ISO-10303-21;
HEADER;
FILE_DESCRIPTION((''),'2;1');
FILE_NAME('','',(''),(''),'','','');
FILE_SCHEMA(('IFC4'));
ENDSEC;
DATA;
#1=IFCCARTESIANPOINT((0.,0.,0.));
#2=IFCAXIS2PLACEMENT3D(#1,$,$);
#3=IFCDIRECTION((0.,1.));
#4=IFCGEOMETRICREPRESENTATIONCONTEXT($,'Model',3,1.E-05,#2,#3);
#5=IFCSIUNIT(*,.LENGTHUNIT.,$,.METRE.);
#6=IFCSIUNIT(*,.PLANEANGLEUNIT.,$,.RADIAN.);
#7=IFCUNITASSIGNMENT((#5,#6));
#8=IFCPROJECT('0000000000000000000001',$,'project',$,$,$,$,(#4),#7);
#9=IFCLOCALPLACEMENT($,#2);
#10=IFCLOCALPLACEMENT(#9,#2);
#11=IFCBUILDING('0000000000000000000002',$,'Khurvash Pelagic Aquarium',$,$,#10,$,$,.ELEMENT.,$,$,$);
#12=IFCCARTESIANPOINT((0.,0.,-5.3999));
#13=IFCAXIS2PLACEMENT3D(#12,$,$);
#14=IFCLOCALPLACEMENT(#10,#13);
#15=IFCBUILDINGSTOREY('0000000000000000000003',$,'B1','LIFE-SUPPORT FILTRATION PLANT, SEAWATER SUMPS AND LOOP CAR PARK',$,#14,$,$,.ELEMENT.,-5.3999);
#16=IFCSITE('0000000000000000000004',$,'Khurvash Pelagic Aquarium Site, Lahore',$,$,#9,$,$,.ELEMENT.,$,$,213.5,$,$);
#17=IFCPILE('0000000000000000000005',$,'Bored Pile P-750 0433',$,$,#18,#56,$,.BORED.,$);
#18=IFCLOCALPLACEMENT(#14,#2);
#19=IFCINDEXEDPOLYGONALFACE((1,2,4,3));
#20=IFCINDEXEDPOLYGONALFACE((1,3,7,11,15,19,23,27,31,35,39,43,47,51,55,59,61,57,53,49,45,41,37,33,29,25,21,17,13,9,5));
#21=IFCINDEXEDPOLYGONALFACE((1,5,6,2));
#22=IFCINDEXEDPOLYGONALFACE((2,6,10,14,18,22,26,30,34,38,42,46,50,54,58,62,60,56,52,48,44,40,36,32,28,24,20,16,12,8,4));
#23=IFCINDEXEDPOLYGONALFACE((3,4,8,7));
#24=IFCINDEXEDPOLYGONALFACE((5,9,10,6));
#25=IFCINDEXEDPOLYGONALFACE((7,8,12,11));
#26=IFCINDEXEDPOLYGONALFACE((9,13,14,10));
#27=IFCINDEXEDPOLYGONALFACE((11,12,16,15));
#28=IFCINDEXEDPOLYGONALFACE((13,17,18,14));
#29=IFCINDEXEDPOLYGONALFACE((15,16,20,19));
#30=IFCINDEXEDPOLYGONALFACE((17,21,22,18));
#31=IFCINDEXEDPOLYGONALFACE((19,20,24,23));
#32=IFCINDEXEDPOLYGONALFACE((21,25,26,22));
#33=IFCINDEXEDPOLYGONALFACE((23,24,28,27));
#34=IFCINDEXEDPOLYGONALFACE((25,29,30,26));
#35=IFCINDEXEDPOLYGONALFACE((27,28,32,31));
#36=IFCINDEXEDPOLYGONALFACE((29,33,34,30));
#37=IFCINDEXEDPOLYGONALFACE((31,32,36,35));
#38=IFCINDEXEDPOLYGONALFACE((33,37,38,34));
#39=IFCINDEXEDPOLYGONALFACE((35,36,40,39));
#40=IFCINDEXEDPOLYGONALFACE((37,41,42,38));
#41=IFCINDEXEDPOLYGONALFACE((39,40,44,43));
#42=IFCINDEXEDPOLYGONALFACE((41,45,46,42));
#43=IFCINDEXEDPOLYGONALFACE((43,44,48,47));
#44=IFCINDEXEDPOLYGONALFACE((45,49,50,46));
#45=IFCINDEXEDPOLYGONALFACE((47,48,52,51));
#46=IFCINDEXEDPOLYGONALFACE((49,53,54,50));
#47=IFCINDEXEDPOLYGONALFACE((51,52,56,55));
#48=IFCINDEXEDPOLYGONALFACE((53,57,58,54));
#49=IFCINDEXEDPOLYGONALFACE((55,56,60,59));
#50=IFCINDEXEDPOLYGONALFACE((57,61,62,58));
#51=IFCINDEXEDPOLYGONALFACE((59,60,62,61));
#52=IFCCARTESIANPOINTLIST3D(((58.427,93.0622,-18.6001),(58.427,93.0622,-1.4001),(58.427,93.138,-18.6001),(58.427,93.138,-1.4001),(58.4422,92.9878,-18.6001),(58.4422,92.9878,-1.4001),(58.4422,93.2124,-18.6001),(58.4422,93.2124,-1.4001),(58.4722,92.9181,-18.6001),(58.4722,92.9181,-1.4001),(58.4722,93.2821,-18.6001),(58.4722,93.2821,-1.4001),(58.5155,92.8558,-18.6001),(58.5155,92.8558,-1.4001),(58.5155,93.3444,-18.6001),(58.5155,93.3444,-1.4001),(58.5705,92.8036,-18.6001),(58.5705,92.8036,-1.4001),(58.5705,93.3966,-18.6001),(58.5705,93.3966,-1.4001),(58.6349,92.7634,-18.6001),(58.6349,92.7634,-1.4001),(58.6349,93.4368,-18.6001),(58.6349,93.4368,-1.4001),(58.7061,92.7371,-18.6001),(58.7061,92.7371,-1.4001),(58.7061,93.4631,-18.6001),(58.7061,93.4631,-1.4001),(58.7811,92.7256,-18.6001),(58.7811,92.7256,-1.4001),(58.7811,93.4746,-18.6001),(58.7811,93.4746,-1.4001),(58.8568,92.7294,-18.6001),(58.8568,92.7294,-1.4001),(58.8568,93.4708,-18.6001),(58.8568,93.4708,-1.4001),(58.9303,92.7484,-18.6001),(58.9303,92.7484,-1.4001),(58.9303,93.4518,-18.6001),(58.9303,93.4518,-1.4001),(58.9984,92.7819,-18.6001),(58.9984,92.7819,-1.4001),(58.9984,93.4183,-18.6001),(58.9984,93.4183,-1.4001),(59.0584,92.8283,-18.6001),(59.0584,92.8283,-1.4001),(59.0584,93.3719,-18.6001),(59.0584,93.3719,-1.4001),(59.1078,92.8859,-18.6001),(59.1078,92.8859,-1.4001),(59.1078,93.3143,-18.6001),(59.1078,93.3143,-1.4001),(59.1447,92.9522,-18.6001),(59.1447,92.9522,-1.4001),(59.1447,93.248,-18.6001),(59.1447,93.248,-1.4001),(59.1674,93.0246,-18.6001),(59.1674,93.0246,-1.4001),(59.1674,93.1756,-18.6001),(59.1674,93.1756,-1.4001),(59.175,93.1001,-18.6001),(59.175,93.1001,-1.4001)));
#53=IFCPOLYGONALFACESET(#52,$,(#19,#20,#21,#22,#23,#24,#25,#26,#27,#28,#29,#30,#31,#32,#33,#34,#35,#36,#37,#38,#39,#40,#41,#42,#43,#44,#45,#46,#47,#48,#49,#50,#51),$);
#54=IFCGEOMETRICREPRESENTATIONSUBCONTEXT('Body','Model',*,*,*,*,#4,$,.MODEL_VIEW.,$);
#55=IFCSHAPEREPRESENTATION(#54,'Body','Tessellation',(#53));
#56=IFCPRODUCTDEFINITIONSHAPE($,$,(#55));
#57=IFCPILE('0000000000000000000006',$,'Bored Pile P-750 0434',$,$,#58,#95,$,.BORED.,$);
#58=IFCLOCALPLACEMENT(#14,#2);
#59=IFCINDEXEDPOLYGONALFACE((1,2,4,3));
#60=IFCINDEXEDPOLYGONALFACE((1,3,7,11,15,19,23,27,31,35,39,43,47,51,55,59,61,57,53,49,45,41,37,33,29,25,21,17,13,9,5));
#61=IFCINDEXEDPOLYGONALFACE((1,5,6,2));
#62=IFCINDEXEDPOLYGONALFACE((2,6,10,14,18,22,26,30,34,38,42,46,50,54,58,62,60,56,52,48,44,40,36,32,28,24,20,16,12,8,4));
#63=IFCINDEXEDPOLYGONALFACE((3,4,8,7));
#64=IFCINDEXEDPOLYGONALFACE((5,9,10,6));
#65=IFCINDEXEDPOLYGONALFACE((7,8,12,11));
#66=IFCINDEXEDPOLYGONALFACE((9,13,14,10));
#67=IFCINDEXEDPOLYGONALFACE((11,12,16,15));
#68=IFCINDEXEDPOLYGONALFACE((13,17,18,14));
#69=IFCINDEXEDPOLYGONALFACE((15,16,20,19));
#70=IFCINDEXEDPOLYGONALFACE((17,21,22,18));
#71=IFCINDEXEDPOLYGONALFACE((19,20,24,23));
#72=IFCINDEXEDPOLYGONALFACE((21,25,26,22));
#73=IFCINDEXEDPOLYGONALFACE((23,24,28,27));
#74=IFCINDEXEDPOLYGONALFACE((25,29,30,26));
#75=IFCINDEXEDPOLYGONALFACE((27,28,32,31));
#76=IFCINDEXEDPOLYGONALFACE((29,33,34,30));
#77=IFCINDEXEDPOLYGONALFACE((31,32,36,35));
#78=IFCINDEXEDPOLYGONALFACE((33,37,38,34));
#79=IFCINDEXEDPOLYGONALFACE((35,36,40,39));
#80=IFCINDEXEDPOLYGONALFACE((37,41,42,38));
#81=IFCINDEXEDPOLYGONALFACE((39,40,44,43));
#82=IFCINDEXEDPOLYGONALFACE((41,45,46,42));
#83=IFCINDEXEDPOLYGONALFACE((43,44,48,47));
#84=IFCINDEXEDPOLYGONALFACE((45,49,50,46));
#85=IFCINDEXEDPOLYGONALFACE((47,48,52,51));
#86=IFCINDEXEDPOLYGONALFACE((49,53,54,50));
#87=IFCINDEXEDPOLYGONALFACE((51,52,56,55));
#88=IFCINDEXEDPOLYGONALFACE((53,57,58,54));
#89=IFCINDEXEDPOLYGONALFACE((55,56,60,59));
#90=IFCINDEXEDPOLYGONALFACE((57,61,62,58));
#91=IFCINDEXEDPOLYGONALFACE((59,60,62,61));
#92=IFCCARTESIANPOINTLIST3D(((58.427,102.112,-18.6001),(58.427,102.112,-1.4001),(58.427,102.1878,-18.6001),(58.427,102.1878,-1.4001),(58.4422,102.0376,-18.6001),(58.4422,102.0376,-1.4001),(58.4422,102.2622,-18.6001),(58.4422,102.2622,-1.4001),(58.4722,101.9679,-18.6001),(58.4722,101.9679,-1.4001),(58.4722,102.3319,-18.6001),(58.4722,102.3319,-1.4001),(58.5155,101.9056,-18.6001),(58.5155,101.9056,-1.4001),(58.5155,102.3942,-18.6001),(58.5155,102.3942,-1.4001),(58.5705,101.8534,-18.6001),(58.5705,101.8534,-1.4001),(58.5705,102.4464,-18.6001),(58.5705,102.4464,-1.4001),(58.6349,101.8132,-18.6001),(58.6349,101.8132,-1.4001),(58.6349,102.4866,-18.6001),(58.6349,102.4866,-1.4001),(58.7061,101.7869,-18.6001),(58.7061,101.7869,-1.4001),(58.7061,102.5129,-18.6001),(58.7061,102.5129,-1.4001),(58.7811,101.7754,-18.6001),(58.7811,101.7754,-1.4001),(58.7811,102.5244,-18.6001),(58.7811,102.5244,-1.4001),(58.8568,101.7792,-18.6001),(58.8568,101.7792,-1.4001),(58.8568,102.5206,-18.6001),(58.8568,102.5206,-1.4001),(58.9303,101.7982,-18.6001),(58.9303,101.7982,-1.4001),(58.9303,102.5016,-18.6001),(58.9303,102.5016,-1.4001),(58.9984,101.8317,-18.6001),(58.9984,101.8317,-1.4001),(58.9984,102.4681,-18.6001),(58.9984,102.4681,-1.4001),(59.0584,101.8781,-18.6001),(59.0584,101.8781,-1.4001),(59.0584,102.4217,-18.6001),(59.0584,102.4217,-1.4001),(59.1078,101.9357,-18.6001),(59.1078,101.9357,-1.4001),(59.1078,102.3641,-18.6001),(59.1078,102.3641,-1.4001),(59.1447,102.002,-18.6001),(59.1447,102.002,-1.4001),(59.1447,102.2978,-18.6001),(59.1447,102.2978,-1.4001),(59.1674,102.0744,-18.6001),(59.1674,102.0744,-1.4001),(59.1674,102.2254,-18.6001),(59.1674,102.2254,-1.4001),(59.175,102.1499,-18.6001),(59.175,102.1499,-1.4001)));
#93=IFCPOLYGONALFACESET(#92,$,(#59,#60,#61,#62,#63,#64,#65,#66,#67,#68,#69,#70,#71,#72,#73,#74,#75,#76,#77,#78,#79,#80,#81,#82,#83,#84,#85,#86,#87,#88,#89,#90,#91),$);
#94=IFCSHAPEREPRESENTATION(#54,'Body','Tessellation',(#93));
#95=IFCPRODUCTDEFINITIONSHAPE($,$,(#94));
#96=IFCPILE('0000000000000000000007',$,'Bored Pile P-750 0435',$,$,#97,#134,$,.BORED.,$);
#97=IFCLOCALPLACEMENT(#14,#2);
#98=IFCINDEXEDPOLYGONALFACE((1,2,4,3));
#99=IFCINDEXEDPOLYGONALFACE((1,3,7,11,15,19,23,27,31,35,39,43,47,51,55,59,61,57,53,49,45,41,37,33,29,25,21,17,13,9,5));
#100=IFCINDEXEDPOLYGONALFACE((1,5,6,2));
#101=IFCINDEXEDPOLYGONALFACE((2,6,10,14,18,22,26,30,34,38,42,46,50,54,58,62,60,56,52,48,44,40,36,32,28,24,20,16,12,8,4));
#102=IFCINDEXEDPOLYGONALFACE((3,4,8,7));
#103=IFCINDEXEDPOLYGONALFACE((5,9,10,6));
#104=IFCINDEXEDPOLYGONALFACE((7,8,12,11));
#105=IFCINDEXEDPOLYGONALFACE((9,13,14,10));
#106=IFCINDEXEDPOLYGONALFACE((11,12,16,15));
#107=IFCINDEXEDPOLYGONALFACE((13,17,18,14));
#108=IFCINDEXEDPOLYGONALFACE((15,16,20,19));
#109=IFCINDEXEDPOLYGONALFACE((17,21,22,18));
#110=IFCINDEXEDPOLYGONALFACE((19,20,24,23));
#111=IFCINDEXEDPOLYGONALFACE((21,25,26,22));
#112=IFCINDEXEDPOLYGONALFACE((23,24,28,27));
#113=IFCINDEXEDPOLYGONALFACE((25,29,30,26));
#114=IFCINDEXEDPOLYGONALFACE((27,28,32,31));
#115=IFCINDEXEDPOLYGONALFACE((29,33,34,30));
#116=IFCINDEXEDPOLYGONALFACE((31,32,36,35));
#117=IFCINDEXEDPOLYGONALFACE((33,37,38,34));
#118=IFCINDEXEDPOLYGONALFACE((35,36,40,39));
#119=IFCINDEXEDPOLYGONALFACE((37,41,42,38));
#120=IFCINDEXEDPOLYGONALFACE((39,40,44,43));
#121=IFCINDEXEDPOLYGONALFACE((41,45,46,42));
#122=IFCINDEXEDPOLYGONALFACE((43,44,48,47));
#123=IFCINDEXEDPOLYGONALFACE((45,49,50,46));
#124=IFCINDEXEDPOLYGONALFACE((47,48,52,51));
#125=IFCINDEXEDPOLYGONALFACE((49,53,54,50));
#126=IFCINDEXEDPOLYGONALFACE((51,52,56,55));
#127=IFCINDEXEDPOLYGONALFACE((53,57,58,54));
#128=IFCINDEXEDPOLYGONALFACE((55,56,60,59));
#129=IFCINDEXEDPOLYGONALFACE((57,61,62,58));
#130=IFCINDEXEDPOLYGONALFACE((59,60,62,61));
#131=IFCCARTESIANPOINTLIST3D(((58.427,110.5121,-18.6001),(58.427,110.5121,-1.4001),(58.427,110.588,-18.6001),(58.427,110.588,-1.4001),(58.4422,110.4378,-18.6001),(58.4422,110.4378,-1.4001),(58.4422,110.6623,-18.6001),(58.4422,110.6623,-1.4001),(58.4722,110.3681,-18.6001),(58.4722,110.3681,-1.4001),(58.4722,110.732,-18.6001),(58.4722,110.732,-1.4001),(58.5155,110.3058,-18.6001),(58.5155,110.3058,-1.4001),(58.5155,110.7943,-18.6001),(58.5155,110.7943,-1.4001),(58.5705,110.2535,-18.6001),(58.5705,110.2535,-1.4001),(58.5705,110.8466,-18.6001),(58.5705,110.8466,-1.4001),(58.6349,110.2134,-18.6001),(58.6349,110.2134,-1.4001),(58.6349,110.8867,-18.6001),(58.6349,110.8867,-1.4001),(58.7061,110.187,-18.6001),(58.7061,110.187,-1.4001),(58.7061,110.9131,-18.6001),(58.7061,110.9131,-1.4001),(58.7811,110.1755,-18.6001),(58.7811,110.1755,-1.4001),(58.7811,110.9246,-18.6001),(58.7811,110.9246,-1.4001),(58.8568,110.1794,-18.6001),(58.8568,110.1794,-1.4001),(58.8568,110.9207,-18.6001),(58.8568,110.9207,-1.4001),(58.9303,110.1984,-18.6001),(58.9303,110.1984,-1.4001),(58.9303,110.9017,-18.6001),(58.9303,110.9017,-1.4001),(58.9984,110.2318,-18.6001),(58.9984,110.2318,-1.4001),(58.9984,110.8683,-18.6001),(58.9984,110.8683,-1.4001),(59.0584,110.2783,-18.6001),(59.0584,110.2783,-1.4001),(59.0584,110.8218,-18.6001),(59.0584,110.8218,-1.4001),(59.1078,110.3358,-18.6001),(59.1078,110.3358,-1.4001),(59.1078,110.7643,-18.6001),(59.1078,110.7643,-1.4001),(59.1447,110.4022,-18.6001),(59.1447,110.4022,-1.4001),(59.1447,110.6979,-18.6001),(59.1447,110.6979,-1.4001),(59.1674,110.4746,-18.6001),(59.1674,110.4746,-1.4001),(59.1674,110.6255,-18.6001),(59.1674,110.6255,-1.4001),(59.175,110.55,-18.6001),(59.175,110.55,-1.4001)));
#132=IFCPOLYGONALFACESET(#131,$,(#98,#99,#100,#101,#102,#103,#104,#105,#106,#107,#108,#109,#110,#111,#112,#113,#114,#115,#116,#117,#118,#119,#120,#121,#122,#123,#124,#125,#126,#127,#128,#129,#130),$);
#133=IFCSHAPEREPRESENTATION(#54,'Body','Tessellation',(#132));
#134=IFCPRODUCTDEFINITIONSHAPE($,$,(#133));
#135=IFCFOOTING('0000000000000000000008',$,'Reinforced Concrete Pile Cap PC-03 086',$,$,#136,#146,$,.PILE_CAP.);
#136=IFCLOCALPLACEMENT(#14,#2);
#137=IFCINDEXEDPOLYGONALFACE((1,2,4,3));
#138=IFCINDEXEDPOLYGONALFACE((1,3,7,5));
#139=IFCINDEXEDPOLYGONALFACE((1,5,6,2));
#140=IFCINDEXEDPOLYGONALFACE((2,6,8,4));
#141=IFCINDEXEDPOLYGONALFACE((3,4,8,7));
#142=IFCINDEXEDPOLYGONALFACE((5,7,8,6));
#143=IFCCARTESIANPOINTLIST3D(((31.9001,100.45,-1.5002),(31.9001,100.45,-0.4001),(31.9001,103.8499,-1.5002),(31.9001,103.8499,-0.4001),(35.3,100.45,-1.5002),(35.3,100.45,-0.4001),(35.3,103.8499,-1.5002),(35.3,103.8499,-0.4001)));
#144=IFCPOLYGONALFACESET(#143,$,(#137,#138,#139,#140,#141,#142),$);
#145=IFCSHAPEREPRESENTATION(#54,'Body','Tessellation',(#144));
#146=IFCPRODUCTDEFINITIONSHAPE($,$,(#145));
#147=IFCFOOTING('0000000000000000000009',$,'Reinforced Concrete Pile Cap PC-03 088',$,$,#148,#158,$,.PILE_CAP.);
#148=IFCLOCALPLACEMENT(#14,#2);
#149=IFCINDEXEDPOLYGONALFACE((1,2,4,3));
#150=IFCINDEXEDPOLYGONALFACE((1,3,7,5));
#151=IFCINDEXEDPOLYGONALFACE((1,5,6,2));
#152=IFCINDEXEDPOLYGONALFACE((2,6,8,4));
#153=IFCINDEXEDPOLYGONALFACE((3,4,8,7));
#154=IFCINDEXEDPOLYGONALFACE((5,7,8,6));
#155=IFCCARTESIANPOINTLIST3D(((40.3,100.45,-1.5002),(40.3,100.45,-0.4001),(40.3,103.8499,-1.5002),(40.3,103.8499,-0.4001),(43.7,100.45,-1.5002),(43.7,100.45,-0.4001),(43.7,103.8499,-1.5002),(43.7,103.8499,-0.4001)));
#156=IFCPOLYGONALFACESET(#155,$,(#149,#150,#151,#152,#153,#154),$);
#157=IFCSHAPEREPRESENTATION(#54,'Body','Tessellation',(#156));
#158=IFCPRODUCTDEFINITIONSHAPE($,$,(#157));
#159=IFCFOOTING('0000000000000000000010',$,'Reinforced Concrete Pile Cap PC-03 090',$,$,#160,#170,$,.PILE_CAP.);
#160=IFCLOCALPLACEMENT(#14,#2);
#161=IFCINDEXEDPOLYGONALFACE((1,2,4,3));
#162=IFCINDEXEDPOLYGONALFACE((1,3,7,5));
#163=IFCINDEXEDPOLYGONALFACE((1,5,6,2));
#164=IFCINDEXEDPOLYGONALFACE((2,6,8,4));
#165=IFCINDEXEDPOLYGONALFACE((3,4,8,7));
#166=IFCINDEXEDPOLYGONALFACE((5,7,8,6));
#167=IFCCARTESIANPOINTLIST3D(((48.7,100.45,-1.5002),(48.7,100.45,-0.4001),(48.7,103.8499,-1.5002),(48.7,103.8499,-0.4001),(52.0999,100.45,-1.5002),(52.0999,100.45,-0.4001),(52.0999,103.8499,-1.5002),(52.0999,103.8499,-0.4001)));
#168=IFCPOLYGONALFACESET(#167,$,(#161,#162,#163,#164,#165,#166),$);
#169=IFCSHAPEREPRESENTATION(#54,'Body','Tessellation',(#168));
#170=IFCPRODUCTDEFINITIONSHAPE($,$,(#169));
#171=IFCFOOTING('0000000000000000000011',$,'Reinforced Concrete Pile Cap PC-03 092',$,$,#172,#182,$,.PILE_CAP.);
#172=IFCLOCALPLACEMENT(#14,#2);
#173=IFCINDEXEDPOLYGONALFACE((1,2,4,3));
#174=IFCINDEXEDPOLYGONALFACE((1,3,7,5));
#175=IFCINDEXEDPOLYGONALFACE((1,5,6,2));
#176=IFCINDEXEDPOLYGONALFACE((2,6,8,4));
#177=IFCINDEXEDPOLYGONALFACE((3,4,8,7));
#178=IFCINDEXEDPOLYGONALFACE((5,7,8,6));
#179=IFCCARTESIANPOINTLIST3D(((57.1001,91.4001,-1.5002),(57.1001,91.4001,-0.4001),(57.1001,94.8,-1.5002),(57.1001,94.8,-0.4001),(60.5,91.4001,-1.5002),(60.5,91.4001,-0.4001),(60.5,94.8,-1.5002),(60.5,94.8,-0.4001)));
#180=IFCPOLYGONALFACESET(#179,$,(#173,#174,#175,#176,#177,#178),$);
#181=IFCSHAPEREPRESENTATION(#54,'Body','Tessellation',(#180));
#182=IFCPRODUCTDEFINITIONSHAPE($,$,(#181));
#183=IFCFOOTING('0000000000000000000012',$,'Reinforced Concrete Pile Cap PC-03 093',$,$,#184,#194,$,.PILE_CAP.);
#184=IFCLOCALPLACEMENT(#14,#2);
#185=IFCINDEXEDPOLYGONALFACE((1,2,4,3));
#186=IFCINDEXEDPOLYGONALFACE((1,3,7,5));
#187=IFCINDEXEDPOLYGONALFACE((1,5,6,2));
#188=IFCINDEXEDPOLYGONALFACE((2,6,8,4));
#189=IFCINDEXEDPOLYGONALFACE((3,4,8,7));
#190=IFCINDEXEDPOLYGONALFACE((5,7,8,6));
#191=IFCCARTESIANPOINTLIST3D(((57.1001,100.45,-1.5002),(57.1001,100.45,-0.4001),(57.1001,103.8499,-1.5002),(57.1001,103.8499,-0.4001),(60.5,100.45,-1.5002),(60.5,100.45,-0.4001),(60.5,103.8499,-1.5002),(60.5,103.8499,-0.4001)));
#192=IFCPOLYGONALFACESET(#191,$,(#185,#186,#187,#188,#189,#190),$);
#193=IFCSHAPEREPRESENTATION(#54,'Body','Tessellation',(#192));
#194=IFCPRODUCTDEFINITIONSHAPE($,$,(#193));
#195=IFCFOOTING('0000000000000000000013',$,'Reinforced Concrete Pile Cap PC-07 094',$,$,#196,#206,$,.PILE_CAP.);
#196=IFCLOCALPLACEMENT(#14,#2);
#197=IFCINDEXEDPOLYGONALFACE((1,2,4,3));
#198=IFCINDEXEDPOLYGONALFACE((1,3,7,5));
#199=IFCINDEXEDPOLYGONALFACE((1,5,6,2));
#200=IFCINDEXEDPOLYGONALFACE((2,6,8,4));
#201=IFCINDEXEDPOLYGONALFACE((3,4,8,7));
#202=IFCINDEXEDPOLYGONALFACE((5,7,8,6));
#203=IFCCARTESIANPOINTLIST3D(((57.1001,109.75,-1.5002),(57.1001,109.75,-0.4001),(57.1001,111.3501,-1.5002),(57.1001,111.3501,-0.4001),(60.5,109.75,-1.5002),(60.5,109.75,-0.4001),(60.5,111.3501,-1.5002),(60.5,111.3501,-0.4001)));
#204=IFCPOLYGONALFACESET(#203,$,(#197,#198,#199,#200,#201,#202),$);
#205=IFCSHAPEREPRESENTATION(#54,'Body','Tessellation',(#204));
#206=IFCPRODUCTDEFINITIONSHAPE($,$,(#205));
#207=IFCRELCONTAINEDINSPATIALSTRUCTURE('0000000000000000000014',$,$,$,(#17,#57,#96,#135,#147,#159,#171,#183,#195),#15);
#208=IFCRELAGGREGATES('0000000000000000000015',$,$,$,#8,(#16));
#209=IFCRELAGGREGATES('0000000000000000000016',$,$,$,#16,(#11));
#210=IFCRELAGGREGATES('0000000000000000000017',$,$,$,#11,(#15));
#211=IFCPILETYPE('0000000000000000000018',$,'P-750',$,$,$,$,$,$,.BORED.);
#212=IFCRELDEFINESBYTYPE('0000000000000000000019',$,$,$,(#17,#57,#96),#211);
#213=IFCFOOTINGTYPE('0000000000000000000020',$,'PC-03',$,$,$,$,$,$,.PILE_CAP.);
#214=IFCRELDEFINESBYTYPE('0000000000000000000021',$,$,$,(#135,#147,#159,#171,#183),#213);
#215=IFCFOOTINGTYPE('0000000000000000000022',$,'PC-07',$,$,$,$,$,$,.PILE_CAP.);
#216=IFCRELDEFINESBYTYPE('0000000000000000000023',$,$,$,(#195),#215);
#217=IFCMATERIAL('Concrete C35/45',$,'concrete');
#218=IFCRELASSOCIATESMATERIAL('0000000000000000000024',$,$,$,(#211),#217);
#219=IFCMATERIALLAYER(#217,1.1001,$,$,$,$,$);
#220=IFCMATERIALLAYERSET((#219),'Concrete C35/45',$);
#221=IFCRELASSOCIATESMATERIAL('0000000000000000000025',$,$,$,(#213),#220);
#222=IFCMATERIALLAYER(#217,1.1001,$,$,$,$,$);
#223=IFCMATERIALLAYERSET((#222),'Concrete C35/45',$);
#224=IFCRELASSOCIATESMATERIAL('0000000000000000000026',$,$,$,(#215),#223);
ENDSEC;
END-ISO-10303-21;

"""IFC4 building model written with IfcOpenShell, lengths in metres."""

from ifc_helpers import new_model, si_unit, direction, frame, origin, origin_2d, place, context, subcontext, project, spatial, rectangle, circle, extrude, material, layer, layer_set, material_profile, profile_set, type_object, element, save


model = new_model("IFC4")

# Units and contexts
model_context = context("Model", 3, precision=1e-05, world=origin(), true_north=direction((0.0, 1.0)))
body_context = subcontext(model_context, "Body", "Model", "MODEL_VIEW")
ifc_project = project(units=[si_unit("LENGTHUNIT", "METRE"), si_unit("PLANEANGLEUNIT", "RADIAN")], contexts=[model_context])

# Site, building, storey
site_placement = place(None, origin())
site = spatial("IfcSite", under=ifc_project, at=site_placement, Name="Khurvash Pelagic Aquarium Site, Lahore", CompositionType="ELEMENT", RefElevation=213.5)
building_placement = place(site_placement, origin())
building = spatial("IfcBuilding", under=site, at=building_placement, Name="Khurvash Pelagic Aquarium", CompositionType="ELEMENT")
storey_placement = place(building_placement, frame((0.0, 0.0, -5.3999)))
storey = spatial("IfcBuildingStorey", under=building, at=storey_placement, Name="B1", Description="LIFE-SUPPORT FILTRATION PLANT, SEAWATER SUMPS AND LOOP CAR PARK", CompositionType="ELEMENT", Elevation=-5.3999)

# Shared definitions
ifc_material_1 = material(Name="Concrete C35/45", Category="concrete")

# Piles
ifc_material_profile_1 = material_profile(ifc_material_1, circle(Radius=0.375, at=origin_2d()), Name="PILE750")
ifc_profile_set_1 = profile_set([ifc_material_profile_1], Name="Concrete C35/45")
pile_type = type_object("IfcPileType", Name="P-750", PredefinedType="BORED", material=ifc_profile_set_1)
for number, where, z_axis, x_axis, name in (
    (1, (58.8, 93.1001, -1.4001), (0.0, 0.0, -1.0), (1.0, 0.0, 0.0), "Bored Pile P-750 0433"),
    (2, (58.8, 102.1499, -1.4001), (0.0, 0.0, -1.0), (1.0, 0.0, 0.0), "Bored Pile P-750 0434"),
    (3, (58.8, 110.55, -1.4001), (0.0, 0.0, -1.0), (1.0, 0.0, 0.0), "Bored Pile P-750 0435"),
):
    element("IfcPile", number, at=place(storey_placement, frame(where, z_axis=z_axis, x_axis=x_axis)), inside=storey, type_object=pile_type, Name=name, PredefinedType="BORED", context=body_context, shape_type="SweptSolid", body=[
        extrude(circle(Radius=0.375, at=origin_2d()), origin(), (0.0, 0.0, 1.0), 17.2),
    ])

# Footings
ifc_layer_1 = layer(ifc_material_1, 1.1001)
ifc_layer_set_1 = layer_set([ifc_layer_1], Name="Concrete C35/45")
footing_type_1 = type_object("IfcFootingType", Name="PC-03", PredefinedType="PILE_CAP", material=ifc_layer_set_1)
for number, where, z_axis, x_axis, name in (
    (4, (33.6001, 102.1499, -1.5002), (0.0, 0.0, 1.0), (1.0, 0.0, 0.0), "Reinforced Concrete Pile Cap PC-03 086"),
    (5, (42.0, 102.1499, -1.5002), (0.0, 0.0, 1.0), (1.0, 0.0, 0.0), "Reinforced Concrete Pile Cap PC-03 088"),
    (6, (50.3999, 102.1499, -1.5002), (0.0, 0.0, 1.0), (1.0, 0.0, 0.0), "Reinforced Concrete Pile Cap PC-03 090"),
    (7, (58.8, 93.1001, -1.5002), (0.0, 0.0, 1.0), (1.0, 0.0, 0.0), "Reinforced Concrete Pile Cap PC-03 092"),
    (8, (58.8, 102.1499, -1.5002), (0.0, 0.0, 1.0), (1.0, 0.0, 0.0), "Reinforced Concrete Pile Cap PC-03 093"),
):
    element("IfcFooting", number, at=place(storey_placement, frame(where, z_axis=z_axis, x_axis=x_axis)), inside=storey, type_object=footing_type_1, Name=name, PredefinedType="PILE_CAP", context=body_context, shape_type="SweptSolid", body=[
        extrude(rectangle(XDim=3.3999, YDim=3.3999, at=origin_2d()), origin(), (0.0, 0.0, 1.0), 1.1001),
    ])
ifc_layer_2 = layer(ifc_material_1, 1.1001)
ifc_layer_set_2 = layer_set([ifc_layer_2], Name="Concrete C35/45")
footing_type_2 = type_object("IfcFootingType", Name="PC-07", PredefinedType="PILE_CAP", material=ifc_layer_set_2)
footing_1_placement = place(storey_placement, frame((58.8, 110.55, -1.5002), z_axis=(0.0, 0.0, 1.0), x_axis=(1.0, 0.0, 0.0)))
element("IfcFooting", 9, at=footing_1_placement, inside=storey, type_object=footing_type_2, Name="Reinforced Concrete Pile Cap PC-07 094", PredefinedType="PILE_CAP", context=body_context, shape_type="SweptSolid", body=[
    extrude(rectangle(XDim=3.3999, YDim=1.6001, at=origin_2d()), origin(), (0.0, 0.0, 1.0), 1.1001),
])

save(model, "model.ifc")
